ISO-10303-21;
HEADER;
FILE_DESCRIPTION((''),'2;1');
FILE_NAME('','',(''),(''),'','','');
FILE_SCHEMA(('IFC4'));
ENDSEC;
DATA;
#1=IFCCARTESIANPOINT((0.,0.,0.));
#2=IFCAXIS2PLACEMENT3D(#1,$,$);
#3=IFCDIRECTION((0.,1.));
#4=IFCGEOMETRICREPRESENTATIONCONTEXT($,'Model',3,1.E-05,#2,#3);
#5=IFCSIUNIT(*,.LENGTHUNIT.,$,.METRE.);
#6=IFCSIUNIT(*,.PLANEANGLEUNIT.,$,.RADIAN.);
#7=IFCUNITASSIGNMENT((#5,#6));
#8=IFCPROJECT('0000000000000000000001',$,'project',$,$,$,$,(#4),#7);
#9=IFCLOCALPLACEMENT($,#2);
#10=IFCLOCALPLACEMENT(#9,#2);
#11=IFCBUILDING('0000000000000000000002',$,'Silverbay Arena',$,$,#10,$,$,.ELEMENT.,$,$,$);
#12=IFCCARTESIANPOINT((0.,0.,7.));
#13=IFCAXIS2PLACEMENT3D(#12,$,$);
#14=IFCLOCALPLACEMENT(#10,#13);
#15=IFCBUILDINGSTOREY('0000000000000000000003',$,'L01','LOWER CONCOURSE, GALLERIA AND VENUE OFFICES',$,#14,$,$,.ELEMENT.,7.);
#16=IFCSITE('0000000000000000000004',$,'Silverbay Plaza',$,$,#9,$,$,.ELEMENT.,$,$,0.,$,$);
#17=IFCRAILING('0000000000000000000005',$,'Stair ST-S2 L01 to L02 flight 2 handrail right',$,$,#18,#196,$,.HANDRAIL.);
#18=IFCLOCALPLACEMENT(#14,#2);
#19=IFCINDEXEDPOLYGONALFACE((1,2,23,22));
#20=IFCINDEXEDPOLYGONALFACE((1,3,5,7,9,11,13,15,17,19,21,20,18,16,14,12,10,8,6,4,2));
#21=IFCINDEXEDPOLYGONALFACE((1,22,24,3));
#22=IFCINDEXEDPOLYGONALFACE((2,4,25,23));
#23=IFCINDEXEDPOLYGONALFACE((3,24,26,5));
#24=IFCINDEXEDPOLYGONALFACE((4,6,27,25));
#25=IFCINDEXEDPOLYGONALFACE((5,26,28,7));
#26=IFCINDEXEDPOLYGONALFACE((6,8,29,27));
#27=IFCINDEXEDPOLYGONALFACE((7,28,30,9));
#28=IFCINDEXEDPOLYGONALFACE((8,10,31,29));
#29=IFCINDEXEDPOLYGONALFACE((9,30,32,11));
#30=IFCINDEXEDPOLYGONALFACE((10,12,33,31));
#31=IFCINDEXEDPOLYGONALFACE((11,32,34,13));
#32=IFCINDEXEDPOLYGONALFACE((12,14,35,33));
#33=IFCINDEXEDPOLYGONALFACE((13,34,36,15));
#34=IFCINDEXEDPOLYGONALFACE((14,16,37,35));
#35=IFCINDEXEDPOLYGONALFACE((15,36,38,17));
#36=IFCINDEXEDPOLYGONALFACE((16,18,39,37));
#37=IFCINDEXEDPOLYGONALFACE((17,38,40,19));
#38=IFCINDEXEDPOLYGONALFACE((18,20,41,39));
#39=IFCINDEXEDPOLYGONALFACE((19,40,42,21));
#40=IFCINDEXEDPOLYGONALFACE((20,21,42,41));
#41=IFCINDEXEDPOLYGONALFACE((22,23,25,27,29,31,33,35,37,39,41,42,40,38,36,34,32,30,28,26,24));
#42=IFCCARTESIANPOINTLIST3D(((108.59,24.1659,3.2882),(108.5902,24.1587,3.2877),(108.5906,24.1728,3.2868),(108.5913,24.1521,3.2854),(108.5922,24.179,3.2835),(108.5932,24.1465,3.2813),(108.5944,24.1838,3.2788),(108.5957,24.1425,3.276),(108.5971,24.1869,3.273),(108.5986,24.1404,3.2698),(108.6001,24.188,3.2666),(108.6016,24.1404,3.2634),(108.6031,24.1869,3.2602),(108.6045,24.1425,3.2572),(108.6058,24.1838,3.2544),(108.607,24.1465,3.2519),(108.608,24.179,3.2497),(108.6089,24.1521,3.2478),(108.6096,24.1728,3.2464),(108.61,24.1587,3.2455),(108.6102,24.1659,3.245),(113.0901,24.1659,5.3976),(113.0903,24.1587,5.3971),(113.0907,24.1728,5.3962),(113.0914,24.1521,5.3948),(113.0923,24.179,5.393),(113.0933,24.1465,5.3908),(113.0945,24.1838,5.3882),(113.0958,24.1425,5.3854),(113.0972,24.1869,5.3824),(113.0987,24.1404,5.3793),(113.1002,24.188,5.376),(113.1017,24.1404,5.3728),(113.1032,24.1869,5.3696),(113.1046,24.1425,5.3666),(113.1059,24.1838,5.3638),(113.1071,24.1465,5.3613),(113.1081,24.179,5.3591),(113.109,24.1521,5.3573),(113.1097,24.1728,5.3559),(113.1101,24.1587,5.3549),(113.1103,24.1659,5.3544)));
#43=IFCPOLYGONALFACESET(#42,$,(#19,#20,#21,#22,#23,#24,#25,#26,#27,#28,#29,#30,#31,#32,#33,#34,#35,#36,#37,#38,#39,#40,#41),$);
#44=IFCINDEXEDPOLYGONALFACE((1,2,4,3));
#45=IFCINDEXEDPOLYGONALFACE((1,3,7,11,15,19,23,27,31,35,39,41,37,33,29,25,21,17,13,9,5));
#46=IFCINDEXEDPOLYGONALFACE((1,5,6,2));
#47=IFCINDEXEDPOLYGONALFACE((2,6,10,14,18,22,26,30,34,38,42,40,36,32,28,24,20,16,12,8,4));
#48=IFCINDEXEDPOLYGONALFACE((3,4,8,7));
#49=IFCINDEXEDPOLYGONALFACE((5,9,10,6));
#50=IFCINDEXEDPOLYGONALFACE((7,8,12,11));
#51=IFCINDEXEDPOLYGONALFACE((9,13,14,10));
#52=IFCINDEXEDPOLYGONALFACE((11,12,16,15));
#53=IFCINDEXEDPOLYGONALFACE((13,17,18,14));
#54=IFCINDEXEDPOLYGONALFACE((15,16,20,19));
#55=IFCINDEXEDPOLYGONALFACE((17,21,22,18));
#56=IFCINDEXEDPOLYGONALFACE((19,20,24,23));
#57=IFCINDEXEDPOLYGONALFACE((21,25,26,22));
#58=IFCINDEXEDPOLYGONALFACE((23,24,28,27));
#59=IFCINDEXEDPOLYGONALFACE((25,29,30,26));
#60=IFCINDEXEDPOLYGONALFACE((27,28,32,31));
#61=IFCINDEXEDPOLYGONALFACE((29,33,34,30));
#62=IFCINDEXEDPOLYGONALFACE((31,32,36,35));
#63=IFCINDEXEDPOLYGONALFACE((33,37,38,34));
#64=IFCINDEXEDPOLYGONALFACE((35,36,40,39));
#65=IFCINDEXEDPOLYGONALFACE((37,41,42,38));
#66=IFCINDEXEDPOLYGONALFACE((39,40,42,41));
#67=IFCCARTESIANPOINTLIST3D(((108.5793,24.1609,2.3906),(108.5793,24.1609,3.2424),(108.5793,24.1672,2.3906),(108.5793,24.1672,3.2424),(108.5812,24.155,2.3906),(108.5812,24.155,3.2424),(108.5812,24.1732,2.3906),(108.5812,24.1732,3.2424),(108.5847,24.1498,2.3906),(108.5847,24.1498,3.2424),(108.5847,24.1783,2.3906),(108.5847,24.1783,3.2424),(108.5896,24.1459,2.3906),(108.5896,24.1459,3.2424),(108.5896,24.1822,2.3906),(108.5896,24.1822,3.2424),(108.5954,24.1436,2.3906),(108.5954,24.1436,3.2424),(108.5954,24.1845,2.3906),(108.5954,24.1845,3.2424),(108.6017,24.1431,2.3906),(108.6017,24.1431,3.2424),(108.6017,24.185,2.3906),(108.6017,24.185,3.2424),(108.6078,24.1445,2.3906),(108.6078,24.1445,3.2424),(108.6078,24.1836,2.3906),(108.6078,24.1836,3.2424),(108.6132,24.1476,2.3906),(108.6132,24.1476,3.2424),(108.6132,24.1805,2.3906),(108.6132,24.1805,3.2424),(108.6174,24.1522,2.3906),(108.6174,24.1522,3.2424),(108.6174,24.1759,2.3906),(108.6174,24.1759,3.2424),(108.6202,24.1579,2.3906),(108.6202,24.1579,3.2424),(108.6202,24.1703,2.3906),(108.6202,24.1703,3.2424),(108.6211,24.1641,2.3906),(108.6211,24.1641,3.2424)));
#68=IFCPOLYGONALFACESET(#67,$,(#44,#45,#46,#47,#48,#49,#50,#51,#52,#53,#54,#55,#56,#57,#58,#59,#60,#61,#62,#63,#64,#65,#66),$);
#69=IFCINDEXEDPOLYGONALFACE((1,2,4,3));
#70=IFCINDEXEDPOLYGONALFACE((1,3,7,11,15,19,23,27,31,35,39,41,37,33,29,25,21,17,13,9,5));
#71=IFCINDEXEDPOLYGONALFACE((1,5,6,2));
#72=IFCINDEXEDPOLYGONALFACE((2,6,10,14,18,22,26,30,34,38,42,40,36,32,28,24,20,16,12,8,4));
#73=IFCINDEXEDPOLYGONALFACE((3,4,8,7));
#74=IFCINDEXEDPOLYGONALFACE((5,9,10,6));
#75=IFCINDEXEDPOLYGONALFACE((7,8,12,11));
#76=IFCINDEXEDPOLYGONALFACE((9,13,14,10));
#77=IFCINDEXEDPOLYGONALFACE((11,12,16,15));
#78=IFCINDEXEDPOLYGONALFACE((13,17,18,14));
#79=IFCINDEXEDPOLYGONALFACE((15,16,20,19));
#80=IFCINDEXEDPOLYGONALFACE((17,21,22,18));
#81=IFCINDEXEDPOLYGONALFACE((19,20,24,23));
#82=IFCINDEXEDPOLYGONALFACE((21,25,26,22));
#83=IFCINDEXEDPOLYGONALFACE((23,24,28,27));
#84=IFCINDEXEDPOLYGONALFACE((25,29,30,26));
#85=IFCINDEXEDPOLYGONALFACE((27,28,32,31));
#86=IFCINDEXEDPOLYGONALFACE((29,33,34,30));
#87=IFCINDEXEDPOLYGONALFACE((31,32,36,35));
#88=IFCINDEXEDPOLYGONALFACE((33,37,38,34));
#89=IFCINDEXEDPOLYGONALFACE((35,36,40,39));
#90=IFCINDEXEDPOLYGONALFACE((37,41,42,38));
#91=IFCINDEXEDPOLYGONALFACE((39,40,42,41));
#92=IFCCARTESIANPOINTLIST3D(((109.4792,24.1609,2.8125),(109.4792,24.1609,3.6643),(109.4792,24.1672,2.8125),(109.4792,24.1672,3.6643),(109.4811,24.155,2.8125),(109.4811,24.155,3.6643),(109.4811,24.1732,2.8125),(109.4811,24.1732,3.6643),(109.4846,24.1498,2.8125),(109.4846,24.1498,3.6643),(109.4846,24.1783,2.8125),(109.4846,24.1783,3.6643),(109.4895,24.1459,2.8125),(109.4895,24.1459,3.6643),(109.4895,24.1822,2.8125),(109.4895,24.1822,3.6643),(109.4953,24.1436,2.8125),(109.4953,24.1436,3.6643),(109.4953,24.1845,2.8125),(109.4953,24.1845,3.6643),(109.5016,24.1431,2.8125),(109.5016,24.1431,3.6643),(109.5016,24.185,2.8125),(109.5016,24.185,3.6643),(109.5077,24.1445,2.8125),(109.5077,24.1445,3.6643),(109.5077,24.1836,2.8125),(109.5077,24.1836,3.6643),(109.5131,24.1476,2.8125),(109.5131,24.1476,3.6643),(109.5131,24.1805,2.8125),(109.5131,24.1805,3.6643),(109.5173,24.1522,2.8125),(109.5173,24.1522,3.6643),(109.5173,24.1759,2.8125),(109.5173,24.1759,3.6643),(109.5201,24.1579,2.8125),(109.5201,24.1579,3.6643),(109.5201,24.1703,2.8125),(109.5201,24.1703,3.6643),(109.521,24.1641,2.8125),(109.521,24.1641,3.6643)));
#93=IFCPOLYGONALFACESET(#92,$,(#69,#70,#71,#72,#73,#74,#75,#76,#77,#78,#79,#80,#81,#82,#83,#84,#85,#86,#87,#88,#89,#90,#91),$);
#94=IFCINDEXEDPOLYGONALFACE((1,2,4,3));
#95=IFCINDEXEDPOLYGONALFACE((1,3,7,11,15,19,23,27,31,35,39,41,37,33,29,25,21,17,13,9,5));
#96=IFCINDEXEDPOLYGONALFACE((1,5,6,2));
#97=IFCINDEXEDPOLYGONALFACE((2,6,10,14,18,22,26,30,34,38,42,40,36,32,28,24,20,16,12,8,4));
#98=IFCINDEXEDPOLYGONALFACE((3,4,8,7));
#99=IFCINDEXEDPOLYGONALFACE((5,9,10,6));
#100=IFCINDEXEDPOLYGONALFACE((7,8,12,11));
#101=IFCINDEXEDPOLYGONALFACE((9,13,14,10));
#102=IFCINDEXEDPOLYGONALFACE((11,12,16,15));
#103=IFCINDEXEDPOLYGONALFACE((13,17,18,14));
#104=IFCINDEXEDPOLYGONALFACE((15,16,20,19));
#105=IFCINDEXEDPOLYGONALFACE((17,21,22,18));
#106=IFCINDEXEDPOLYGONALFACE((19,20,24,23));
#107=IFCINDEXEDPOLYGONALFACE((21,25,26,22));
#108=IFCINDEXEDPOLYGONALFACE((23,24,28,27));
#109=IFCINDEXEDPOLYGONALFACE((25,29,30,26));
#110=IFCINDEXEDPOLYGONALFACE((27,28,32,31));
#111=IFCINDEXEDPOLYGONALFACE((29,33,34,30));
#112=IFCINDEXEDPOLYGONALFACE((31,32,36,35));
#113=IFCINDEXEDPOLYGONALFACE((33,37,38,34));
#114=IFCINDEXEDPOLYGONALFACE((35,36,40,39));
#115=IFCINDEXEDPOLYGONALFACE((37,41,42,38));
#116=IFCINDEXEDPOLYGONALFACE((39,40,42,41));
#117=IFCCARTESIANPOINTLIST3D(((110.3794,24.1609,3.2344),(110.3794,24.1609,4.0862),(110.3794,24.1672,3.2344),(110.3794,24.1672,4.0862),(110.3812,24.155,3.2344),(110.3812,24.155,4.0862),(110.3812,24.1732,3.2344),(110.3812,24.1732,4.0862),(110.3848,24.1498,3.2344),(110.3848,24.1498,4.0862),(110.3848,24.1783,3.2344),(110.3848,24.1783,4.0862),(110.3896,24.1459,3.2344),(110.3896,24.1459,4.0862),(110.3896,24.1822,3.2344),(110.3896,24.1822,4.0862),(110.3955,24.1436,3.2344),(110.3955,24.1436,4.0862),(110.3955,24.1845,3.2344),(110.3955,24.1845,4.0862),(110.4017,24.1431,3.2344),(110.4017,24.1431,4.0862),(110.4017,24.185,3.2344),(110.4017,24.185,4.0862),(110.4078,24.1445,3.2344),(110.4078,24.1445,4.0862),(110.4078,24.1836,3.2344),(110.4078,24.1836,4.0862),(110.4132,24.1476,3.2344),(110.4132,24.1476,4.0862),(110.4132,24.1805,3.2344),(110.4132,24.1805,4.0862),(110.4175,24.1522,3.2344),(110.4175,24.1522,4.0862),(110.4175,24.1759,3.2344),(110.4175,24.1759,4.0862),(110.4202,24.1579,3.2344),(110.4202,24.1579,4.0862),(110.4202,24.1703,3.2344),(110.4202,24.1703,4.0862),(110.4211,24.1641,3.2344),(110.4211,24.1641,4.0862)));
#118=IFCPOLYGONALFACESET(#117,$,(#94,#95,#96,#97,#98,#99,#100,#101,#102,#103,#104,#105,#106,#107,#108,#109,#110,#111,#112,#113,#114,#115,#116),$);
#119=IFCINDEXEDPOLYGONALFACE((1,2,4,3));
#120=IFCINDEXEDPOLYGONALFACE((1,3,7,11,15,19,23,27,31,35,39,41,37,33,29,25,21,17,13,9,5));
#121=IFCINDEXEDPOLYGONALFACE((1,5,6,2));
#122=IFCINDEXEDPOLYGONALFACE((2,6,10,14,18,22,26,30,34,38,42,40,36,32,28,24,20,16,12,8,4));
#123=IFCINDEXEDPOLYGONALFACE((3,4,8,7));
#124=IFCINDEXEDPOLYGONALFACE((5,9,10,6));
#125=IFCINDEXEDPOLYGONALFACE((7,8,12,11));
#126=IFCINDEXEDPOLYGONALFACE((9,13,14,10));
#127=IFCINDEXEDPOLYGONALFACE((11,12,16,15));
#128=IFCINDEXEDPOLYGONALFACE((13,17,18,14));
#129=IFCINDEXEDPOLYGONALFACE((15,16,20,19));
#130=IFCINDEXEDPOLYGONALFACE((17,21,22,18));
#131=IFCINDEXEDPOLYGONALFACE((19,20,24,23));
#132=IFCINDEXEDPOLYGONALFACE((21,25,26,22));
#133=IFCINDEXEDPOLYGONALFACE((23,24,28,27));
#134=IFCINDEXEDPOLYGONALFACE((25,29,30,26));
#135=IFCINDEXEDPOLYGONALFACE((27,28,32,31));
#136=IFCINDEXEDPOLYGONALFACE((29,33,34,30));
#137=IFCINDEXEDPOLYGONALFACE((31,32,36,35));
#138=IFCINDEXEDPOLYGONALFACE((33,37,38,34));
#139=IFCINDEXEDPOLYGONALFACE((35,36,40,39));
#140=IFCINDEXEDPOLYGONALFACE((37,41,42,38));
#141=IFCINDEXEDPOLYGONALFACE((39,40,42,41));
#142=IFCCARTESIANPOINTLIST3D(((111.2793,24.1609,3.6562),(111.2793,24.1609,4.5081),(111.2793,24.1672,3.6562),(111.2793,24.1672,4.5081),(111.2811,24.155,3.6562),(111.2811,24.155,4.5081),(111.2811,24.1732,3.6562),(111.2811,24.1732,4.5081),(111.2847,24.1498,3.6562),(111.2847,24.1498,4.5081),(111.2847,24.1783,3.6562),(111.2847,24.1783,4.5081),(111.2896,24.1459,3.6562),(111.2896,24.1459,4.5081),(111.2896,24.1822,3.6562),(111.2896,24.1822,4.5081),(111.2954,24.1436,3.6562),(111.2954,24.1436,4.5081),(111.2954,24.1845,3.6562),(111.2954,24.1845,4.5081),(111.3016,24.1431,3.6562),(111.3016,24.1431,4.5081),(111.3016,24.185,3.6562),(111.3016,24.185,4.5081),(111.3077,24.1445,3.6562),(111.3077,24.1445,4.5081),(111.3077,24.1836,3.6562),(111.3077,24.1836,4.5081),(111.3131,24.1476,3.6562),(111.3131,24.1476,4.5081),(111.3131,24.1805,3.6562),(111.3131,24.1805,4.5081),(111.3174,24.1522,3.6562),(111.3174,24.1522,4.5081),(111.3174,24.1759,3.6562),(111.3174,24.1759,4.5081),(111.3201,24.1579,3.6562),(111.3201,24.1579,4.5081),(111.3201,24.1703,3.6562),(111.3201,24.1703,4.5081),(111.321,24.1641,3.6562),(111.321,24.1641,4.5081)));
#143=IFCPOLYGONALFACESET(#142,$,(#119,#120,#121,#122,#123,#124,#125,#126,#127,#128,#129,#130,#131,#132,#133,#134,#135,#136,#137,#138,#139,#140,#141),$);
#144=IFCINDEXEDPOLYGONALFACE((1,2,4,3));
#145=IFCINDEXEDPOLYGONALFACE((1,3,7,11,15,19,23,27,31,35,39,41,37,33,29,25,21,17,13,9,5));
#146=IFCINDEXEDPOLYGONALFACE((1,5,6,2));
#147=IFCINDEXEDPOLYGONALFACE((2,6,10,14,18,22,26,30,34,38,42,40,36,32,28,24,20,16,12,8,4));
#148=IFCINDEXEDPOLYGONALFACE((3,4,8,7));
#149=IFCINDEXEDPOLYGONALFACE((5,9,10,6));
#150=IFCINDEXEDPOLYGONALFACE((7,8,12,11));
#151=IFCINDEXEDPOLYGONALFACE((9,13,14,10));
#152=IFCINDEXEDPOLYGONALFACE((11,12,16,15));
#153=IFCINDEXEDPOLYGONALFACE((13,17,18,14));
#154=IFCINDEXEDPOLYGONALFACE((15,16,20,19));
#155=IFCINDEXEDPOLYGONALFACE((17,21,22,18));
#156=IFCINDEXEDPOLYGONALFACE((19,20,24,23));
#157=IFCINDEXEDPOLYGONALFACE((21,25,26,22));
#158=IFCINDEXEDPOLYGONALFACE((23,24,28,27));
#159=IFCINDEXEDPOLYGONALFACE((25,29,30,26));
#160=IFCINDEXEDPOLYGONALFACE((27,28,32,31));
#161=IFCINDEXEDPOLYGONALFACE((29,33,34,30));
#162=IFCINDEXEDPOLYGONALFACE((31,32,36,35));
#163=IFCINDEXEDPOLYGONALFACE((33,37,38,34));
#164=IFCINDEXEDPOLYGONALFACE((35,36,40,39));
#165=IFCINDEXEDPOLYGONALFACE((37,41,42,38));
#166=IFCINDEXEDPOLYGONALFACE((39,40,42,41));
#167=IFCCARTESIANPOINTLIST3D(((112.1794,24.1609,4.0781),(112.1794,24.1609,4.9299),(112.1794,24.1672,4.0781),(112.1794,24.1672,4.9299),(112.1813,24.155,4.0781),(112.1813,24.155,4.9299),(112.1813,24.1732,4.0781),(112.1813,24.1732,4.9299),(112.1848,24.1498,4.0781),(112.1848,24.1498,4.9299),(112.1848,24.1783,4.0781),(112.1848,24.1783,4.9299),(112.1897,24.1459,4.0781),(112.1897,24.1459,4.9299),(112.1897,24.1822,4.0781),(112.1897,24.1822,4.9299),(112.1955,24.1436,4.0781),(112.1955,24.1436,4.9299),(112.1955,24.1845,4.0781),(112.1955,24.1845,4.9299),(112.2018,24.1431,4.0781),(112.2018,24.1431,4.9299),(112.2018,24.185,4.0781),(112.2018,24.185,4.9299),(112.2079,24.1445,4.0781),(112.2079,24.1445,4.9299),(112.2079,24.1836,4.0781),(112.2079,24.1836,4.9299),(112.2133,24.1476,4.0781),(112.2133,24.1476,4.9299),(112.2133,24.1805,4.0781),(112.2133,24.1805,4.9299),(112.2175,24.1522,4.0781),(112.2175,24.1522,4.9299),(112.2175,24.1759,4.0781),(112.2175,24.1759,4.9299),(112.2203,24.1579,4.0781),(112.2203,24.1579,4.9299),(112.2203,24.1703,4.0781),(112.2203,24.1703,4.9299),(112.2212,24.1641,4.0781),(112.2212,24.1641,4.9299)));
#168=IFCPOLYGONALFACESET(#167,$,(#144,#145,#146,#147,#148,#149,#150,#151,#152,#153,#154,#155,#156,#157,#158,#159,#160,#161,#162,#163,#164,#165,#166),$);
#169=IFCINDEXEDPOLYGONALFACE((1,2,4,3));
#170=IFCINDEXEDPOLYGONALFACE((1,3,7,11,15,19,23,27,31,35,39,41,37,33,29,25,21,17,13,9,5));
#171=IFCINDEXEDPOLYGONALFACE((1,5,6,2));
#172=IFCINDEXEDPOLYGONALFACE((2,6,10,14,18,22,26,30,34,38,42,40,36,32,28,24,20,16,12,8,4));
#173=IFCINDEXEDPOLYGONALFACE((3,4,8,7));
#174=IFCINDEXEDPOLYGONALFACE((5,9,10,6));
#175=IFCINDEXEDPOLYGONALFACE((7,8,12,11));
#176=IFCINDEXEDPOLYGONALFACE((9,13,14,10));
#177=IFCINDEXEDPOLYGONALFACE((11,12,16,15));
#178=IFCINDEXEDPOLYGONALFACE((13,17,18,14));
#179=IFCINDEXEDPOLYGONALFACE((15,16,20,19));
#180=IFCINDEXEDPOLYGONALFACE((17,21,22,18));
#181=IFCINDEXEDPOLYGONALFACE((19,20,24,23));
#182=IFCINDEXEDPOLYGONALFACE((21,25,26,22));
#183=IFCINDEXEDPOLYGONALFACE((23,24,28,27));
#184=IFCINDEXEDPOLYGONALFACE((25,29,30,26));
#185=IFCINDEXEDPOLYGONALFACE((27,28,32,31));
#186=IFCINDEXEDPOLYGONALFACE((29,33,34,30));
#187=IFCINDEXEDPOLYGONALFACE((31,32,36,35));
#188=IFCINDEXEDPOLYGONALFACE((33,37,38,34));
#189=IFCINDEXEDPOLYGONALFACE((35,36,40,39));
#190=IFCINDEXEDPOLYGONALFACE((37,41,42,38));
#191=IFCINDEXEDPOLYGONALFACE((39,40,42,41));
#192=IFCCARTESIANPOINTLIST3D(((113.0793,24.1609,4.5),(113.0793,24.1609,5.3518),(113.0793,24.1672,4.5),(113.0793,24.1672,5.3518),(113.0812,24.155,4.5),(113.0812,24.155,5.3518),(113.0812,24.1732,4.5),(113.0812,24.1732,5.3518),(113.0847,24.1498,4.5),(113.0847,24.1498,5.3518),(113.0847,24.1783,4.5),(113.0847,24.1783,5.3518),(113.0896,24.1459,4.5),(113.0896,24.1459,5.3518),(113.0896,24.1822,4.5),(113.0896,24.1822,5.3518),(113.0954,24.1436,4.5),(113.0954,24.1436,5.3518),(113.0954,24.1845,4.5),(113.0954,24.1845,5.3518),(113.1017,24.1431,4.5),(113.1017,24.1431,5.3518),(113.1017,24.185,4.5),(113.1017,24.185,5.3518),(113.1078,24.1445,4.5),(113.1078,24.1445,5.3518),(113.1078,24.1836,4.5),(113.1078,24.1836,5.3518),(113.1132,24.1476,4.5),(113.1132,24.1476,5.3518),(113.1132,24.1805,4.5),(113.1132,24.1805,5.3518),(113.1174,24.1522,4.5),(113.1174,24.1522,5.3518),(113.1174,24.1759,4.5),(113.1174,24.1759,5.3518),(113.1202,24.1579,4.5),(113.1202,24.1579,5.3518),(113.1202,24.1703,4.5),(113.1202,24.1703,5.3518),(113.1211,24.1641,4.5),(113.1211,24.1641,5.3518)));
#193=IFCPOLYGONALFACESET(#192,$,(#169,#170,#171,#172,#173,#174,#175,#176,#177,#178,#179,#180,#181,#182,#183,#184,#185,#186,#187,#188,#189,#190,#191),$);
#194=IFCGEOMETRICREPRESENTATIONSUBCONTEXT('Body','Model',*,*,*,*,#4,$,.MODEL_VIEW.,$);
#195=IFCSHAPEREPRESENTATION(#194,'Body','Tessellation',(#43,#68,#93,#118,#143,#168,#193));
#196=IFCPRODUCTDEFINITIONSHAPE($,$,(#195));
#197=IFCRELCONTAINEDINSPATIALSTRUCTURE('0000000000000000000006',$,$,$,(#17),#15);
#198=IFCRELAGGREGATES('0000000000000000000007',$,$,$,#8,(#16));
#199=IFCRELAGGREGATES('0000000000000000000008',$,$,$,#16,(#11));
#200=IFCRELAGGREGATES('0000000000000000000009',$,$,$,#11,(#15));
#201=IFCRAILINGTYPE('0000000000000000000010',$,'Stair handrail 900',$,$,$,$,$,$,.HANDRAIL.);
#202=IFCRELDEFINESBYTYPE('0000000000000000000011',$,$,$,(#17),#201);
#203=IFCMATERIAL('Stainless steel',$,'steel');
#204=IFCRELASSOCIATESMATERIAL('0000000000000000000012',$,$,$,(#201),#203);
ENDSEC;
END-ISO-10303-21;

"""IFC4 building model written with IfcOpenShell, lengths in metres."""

from ifc_helpers import new_model, si_unit, direction, frame, origin, origin_2d, place, context, subcontext, project, spatial, circle, extrude, material, type_object, element, save


model = new_model("IFC4")

# Units and contexts
model_context = context("Model", 3, precision=1e-05, world=origin(), true_north=direction((0.0, 1.0)))
body_context = subcontext(model_context, "Body", "Model", "MODEL_VIEW")
ifc_project = project(units=[si_unit("LENGTHUNIT", "METRE"), si_unit("PLANEANGLEUNIT", "RADIAN")], contexts=[model_context])

# Site, building, storey
site_placement = place(None, origin())
site = spatial("IfcSite", under=ifc_project, at=site_placement, Name="Silverbay Plaza", CompositionType="ELEMENT", RefElevation=0.0)
building_placement = place(site_placement, origin())
building = spatial("IfcBuilding", under=site, at=building_placement, Name="Silverbay Arena", CompositionType="ELEMENT")
storey_placement = place(building_placement, frame((0.0, 0.0, 7.0)))
storey = spatial("IfcBuildingStorey", under=building, at=storey_placement, Name="L01", Description="LOWER CONCOURSE, GALLERIA AND VENUE OFFICES", CompositionType="ELEMENT", Elevation=7.0)

# Railing
ifc_material_1 = material(Name="Stainless steel", Category="steel")
railing_type_1 = type_object("IfcRailingType", Name="Stair handrail 900", PredefinedType="HANDRAIL", material=ifc_material_1)
for number, where, name in (
    (1, (108.6001, 24.1641, 2.3906), "Stair ST-S2 L01 to L02 flight 2 handrail right"),
):
    element("IfcRailing", number, at=place(storey_placement, frame(where)), inside=storey, type_object=railing_type_1, Name=name, PredefinedType="HANDRAIL", context=body_context, shape_type="SweptSolid", body=[
        extrude(circle(Radius=0.0239, at=origin_2d()), frame((0.0, 0.0, 0.876), z_axis=(0.905459, 0.0, 0.424434), x_axis=(0.0, 1.0, 0.0)), (0.0, 0.0, 1.0), 4.97),
        extrude(circle(Radius=0.021, at=origin_2d()), origin(), (0.0, 0.0, 1.0), 0.8518),
        extrude(circle(Radius=0.021, at=origin_2d()), frame((0.8999, 0.0, 0.4219)), (0.0, 0.0, 1.0), 0.8518),
        extrude(circle(Radius=0.021, at=origin_2d()), frame((1.8, 0.0, 0.8438)), (0.0, 0.0, 1.0), 0.8518),
        extrude(circle(Radius=0.021, at=origin_2d()), frame((2.7, 0.0, 1.2656)), (0.0, 0.0, 1.0), 0.8518),
        extrude(circle(Radius=0.021, at=origin_2d()), frame((3.6001, 0.0, 1.6875)), (0.0, 0.0, 1.0), 0.8518),
        extrude(circle(Radius=0.021, at=origin_2d()), frame((4.5, 0.0, 2.1094)), (0.0, 0.0, 1.0), 0.8518),
    ])

save(model, "model.ifc")
